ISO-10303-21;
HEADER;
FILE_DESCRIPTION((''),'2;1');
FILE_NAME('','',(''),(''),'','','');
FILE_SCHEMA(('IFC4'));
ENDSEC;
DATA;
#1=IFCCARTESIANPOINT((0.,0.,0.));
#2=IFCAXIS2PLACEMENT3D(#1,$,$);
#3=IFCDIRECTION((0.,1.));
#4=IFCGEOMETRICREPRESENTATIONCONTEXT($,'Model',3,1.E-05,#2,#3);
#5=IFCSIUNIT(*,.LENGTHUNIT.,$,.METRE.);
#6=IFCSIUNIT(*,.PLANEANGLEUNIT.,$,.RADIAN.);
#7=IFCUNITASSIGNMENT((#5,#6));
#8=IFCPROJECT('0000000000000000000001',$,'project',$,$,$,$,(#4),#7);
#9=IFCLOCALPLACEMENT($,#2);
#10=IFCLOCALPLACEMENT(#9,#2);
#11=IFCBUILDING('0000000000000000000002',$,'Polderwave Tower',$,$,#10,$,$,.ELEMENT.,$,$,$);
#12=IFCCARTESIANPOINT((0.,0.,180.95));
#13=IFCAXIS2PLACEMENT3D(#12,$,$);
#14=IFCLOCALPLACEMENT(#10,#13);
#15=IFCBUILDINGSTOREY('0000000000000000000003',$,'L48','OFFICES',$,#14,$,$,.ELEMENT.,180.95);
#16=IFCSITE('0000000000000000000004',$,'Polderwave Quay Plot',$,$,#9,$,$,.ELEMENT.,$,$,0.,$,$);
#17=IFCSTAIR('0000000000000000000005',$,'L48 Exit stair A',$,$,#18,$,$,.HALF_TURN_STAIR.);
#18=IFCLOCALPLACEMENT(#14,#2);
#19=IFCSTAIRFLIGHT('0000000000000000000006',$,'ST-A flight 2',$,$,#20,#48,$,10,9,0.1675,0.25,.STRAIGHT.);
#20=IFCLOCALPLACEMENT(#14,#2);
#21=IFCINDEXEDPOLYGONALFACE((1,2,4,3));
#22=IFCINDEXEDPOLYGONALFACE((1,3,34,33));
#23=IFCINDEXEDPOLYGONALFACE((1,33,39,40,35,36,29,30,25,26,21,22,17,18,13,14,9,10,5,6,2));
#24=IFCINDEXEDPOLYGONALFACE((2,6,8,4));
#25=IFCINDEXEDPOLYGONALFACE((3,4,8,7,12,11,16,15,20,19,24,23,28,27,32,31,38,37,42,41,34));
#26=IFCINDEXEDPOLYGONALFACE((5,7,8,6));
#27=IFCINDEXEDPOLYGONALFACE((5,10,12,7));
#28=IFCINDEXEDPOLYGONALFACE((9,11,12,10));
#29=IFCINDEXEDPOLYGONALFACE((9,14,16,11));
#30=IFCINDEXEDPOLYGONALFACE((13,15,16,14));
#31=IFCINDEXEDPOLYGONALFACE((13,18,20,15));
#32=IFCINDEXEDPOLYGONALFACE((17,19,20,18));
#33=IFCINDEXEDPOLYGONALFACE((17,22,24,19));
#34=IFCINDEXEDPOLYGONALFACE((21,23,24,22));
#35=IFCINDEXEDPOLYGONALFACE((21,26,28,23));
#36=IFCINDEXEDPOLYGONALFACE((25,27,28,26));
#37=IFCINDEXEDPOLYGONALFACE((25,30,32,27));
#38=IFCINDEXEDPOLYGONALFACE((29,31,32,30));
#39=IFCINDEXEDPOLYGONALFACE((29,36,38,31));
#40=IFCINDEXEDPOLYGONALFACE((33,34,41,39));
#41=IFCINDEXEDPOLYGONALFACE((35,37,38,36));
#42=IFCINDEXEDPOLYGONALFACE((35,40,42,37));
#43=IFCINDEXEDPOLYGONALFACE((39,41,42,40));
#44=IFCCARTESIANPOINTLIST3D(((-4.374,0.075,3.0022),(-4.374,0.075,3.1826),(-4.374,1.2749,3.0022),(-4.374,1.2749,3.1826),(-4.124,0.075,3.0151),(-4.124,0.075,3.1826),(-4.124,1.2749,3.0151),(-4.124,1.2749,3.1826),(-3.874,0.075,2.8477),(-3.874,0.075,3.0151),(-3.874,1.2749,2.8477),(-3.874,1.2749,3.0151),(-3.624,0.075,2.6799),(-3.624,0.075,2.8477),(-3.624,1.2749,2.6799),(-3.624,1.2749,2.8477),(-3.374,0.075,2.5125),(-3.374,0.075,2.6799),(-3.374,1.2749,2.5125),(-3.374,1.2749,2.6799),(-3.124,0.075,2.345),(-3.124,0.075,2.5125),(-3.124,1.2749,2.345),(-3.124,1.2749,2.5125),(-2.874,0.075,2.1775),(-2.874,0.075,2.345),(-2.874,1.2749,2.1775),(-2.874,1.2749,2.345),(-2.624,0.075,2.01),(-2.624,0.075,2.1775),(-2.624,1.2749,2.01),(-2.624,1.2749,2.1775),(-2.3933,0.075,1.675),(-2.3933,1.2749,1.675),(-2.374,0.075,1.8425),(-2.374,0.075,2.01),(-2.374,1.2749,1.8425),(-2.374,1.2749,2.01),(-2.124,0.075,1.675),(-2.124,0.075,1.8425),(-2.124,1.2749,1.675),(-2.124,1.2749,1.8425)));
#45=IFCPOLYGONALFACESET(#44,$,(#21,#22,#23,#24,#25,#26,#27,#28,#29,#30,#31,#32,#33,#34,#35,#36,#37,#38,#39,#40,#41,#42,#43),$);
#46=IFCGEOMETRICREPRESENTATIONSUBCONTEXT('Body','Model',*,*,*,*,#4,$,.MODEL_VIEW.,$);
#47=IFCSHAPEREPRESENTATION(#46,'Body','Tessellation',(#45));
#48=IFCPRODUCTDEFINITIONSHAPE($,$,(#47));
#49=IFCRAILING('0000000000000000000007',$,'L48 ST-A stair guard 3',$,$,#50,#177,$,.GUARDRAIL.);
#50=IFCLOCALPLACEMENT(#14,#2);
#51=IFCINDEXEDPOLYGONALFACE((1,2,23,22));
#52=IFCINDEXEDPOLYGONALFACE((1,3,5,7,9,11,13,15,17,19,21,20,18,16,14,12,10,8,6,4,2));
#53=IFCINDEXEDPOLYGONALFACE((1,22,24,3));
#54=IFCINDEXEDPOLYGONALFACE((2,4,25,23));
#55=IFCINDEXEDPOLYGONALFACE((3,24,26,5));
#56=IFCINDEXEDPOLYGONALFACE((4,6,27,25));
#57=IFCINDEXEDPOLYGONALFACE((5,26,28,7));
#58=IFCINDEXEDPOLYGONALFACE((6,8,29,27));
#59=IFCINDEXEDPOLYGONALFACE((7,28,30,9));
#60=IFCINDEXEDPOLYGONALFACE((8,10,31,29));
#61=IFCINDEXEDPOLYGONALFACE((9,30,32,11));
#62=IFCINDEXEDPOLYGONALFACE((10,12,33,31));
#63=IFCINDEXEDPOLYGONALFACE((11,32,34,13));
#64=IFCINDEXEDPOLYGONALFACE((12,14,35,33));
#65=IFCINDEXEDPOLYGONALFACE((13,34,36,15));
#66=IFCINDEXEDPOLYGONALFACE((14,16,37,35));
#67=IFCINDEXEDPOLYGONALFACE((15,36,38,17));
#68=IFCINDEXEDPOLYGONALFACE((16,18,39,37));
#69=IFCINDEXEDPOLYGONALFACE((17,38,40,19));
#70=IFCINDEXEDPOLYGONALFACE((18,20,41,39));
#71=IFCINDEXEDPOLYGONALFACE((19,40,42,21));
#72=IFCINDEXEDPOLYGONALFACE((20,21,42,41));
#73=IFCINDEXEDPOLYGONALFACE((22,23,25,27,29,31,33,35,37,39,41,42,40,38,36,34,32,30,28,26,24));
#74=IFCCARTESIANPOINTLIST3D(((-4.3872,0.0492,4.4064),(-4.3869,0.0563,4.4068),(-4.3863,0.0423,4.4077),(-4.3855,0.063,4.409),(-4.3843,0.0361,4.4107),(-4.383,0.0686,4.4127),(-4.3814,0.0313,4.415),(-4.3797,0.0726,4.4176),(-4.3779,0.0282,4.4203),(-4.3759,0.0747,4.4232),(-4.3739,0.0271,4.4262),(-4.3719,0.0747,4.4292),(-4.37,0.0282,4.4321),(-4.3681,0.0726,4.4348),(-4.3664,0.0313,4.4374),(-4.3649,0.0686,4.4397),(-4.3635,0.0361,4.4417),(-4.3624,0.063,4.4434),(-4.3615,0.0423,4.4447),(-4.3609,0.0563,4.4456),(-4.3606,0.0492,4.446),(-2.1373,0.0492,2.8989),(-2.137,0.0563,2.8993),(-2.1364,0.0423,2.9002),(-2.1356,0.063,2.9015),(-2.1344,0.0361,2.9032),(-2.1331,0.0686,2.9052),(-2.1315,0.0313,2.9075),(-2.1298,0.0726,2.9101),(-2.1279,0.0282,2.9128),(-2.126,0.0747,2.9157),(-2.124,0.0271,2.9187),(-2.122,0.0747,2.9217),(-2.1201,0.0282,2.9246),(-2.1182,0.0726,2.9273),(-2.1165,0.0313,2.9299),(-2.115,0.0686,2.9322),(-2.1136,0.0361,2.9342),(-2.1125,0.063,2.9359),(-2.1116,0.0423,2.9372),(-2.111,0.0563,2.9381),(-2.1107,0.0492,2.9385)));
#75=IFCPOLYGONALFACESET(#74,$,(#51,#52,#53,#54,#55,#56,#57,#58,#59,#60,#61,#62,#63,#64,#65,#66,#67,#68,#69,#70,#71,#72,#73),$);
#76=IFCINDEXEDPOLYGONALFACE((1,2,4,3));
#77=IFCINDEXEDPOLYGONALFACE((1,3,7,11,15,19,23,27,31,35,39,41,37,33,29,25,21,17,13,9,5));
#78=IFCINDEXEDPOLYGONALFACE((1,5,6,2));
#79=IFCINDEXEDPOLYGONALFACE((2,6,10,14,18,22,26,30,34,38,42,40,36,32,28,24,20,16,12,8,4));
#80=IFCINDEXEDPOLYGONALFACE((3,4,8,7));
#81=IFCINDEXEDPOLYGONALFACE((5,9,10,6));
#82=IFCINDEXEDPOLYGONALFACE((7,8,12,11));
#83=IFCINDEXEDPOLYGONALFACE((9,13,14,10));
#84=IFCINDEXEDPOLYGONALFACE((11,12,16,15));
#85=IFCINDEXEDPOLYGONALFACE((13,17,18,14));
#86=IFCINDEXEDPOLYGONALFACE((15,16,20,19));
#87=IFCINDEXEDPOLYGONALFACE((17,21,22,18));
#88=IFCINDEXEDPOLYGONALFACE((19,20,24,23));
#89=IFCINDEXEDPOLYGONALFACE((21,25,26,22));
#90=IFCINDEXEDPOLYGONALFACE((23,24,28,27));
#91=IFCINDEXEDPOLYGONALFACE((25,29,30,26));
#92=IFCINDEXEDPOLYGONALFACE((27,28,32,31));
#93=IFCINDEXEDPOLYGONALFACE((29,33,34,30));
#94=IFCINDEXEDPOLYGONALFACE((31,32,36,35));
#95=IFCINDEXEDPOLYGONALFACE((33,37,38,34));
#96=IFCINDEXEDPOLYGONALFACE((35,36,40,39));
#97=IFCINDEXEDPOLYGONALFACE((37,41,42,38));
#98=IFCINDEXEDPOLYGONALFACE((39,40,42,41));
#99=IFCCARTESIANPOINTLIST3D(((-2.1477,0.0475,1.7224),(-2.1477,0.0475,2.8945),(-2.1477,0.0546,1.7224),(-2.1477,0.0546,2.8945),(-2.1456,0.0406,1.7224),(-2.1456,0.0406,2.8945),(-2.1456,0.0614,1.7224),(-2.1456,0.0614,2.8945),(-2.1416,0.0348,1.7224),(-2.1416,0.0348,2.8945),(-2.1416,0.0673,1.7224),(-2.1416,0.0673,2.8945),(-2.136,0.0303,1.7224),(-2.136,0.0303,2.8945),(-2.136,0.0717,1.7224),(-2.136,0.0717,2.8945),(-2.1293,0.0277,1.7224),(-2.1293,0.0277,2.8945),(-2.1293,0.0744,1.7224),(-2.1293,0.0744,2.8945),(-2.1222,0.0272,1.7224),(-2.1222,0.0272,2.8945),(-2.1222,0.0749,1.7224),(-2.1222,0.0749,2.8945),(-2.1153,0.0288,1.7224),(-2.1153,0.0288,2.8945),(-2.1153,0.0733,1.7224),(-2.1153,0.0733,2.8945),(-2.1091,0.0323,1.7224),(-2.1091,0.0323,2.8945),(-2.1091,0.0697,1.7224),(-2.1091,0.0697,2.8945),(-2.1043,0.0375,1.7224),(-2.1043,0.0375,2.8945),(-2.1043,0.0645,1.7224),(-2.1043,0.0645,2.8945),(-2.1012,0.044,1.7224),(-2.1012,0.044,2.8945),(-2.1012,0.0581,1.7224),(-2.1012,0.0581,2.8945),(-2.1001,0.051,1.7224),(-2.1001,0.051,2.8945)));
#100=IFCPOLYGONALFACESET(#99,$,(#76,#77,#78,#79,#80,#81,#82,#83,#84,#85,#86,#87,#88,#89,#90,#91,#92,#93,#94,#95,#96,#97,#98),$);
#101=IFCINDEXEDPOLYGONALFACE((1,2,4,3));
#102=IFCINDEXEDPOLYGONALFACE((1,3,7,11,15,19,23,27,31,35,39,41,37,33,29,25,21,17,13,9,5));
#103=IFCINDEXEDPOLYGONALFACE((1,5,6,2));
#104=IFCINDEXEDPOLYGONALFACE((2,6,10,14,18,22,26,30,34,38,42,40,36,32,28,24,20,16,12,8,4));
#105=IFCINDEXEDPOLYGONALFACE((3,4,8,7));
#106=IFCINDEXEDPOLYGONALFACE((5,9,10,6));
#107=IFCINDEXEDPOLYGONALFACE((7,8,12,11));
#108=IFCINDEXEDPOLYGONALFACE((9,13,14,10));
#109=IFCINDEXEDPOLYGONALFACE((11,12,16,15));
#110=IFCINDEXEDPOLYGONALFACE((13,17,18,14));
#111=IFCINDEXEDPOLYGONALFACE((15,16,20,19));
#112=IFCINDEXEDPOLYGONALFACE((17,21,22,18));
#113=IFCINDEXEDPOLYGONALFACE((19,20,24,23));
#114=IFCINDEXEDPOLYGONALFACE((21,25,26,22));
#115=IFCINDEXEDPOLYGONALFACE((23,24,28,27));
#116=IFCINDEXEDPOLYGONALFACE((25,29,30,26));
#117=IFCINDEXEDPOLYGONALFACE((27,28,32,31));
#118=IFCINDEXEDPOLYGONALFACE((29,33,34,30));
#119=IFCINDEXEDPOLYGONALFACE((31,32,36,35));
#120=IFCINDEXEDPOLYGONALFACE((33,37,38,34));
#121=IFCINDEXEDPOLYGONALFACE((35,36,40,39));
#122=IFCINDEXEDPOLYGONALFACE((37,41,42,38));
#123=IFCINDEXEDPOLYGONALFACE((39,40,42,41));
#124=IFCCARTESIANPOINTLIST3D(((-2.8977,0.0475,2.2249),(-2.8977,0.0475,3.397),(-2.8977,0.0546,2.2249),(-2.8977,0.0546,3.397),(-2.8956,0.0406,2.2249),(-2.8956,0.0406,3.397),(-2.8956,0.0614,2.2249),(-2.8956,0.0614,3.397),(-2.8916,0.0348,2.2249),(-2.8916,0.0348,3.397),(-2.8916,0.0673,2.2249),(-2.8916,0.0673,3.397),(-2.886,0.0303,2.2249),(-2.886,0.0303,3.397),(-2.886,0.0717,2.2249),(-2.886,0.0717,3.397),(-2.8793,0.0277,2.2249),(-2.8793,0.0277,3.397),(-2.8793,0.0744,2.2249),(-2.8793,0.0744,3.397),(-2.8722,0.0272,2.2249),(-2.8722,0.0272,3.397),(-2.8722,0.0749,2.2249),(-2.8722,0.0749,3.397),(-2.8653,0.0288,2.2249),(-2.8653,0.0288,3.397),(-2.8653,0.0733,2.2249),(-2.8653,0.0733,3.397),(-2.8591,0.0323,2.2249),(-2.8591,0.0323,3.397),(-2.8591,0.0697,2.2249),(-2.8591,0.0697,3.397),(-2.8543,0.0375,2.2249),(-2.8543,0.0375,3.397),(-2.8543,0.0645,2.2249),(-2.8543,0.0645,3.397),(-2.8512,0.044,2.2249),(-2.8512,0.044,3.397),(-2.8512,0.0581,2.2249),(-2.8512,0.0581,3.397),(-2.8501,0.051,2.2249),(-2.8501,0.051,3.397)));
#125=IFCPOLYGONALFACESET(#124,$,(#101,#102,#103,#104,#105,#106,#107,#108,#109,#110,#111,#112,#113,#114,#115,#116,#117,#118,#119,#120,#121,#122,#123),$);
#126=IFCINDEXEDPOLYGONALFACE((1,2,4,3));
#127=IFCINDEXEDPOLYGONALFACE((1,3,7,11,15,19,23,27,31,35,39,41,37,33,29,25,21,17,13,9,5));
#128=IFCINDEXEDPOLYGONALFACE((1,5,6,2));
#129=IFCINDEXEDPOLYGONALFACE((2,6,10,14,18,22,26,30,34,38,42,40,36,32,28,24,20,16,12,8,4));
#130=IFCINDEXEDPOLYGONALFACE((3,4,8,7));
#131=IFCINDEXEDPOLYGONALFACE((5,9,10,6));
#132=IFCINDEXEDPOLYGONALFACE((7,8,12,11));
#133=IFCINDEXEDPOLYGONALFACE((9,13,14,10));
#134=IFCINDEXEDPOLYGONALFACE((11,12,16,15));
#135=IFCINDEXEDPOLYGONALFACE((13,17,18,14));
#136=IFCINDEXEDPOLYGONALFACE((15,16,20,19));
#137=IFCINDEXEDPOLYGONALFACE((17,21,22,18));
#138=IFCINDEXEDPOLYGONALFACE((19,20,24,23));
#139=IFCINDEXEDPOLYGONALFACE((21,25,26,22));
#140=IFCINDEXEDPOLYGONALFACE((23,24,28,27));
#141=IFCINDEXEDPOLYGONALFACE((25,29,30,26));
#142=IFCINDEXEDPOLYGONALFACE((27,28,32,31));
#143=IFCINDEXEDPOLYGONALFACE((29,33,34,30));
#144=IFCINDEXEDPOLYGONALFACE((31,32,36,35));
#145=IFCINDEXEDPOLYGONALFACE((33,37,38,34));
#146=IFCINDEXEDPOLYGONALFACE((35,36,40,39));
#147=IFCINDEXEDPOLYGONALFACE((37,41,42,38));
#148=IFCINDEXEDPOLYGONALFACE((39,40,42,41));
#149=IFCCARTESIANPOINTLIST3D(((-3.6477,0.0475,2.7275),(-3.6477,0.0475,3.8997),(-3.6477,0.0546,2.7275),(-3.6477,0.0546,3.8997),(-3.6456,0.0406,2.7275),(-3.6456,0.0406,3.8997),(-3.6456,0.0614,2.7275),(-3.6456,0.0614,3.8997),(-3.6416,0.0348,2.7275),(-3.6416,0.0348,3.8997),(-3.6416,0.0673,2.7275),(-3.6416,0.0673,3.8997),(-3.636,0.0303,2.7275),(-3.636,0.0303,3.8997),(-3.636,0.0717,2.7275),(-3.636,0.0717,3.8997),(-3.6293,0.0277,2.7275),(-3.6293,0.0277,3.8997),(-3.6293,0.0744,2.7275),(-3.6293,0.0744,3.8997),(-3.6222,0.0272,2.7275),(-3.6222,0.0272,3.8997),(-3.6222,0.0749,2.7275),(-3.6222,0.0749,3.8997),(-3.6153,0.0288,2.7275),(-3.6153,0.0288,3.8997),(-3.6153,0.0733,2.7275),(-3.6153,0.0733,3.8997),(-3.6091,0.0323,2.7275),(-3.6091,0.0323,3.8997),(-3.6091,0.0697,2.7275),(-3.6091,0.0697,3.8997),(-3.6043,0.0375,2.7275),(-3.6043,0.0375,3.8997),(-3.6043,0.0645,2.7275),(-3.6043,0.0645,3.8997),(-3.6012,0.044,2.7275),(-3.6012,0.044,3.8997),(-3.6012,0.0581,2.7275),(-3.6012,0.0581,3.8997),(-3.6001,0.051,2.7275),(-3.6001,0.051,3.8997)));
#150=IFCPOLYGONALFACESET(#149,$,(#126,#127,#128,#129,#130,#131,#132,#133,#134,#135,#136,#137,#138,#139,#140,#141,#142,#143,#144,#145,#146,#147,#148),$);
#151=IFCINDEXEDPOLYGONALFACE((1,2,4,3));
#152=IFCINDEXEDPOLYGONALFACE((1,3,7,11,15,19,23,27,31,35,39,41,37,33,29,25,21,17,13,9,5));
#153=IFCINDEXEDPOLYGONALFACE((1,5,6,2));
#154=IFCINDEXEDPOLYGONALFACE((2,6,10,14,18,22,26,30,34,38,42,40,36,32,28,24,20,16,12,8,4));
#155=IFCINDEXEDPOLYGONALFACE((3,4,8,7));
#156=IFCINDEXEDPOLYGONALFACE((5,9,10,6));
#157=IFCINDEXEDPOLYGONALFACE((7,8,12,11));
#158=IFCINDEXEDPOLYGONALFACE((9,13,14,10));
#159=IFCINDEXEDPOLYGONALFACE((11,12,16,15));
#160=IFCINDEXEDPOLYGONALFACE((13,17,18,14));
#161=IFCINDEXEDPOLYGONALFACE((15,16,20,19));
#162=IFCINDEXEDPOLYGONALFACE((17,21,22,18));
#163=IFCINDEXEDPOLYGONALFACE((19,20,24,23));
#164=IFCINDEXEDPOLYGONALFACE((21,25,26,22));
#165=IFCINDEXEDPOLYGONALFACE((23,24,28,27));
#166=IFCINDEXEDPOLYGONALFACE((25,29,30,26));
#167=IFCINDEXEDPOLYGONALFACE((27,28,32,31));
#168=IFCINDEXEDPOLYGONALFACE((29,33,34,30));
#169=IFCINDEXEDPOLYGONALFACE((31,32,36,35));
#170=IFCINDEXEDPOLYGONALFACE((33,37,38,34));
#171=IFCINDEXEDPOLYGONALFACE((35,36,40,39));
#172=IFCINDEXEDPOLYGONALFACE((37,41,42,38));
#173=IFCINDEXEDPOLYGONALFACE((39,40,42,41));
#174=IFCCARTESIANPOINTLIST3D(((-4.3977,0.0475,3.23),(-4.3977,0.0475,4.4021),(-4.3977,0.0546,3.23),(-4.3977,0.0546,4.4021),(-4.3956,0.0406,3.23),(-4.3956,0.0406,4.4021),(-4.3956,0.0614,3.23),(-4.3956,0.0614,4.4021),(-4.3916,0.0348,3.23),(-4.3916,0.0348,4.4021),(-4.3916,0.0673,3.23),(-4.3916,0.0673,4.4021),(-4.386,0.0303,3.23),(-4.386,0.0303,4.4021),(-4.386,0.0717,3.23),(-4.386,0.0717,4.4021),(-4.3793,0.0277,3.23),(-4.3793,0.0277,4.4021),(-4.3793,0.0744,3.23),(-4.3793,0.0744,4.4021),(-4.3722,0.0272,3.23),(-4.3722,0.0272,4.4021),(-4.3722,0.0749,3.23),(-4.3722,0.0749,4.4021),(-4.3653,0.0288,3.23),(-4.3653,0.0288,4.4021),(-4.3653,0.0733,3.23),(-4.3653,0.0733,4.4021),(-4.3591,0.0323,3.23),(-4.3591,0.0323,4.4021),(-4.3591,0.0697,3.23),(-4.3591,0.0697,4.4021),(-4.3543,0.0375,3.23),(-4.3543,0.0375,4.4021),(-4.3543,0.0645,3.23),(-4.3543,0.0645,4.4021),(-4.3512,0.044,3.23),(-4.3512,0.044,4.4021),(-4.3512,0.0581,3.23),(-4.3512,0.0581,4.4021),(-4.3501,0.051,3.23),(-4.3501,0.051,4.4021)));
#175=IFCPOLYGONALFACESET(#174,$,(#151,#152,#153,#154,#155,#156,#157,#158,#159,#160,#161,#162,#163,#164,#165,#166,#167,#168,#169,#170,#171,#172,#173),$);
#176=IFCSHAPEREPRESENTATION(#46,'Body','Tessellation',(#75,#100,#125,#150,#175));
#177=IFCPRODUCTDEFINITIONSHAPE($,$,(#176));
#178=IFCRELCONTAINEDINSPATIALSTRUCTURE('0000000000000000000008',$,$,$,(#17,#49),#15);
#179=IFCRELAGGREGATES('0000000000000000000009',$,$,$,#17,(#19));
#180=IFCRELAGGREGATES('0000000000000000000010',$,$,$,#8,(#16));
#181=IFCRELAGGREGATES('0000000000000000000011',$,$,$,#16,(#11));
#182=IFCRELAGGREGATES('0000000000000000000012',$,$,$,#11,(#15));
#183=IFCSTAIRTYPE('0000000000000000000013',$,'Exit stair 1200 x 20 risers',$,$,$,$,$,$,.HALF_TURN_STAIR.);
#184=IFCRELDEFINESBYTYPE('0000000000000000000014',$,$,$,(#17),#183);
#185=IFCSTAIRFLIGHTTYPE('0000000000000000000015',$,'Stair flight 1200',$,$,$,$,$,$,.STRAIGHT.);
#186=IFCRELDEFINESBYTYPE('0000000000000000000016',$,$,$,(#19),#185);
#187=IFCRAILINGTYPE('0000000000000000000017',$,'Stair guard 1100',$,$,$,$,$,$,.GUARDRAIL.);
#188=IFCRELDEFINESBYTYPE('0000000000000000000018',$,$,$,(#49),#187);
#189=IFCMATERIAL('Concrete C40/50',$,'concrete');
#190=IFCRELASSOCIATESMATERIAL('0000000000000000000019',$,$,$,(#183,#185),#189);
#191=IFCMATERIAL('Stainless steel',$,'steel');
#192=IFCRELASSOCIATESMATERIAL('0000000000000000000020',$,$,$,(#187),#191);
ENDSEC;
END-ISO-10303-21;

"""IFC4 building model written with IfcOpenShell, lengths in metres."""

from ifc_helpers import new_model, si_unit, direction, frame, origin, origin_2d, place, context, subcontext, project, spatial, polyline, circle, outline, extrude, material, type_object, element, aggregate, save


model = new_model("IFC4")

# Units and contexts
model_context = context("Model", 3, precision=1e-05, world=origin(), true_north=direction((0.0, 1.0)))
body_context = subcontext(model_context, "Body", "Model", "MODEL_VIEW")
ifc_project = project(units=[si_unit("LENGTHUNIT", "METRE"), si_unit("PLANEANGLEUNIT", "RADIAN")], contexts=[model_context])

# Site, building, storey
site_placement = place(None, origin())
site = spatial("IfcSite", under=ifc_project, at=site_placement, Name="Polderwave Quay Plot", CompositionType="ELEMENT", RefElevation=0.0)
building_placement = place(site_placement, origin())
building = spatial("IfcBuilding", under=site, at=building_placement, Name="Polderwave Tower", CompositionType="ELEMENT")
storey_placement = place(building_placement, frame((0.0, 0.0, 180.95)))
storey = spatial("IfcBuildingStorey", under=building, at=storey_placement, Name="L48", Description="OFFICES", CompositionType="ELEMENT", Elevation=180.95)

# Shared definitions
ifc_material_1 = material(Name="Concrete C40/50", Category="concrete")

# Stair
stair_type = type_object("IfcStairType", Name="Exit stair 1200 x 20 risers", PredefinedType="HALF_TURN_STAIR", material=ifc_material_1)
stair_1_placement = place(storey_placement, origin())
stair_1 = element("IfcStair", 1, at=stair_1_placement, inside=storey, type_object=stair_type, Name="L48 Exit stair A", PredefinedType="HALF_TURN_STAIR")

# Shared definitions
ifc_material_2 = material(Name="Stainless steel", Category="steel")

# Stair flight
stair_flight_type = type_object("IfcStairFlightType", Name="Stair flight 1200", PredefinedType="STRAIGHT", material=ifc_material_1)
stair_flight_placement = place(storey_placement, frame((-2.124, 0.675, 1.675), z_axis=(0.0, 0.0, 1.0), x_axis=(-1.0, 0.0, 0.0)))
stair_flight = element("IfcStairFlight", 2, at=stair_flight_placement, type_object=stair_flight_type, Name="ST-A flight 2", NumberOfRisers=10, NumberOfTreads=9, PredefinedType="STRAIGHT", RiserHeight=0.1675, TreadLength=0.25, context=body_context, shape_type="SweptSolid", body=[
    extrude(outline(polyline([(0.0, 0.0), (0.0, 0.1675), (0.25, 0.1675), (0.25, 0.335), (0.5, 0.335), (0.5, 0.5024), (0.75, 0.5024), (0.75, 0.6699), (1.0, 0.6699), (1.0, 0.8374), (1.25, 0.8374), (1.25, 1.0049), (1.5, 1.0049), (1.5, 1.1726), (1.75, 1.1726), (1.75, 1.3401), (2.0, 1.3401), (2.0, 1.5076), (2.25, 1.5076), (2.25, 1.675), (2.25, 1.3271), (0.2693, 0.0), (0.0, 0.0)])), frame((0.0, 0.6001, 0.0), z_axis=(0.0, -1.0, 0.0), x_axis=(1.0, 0.0, 0.0)), (0.0, 0.0, 1.0), 1.2),
])
aggregate(stair_1, [stair_flight])

# Railing
railing_type_1 = type_object("IfcRailingType", Name="Stair guard 1100", PredefinedType="GUARDRAIL", material=ifc_material_2)
railing_1_placement = place(storey_placement, frame((-2.124, 0.051, 1.7224)))
element("IfcRailing", 3, at=railing_1_placement, inside=storey, type_object=railing_type_1, Name="L48 ST-A stair guard 3", PredefinedType="GUARDRAIL", context=body_context, shape_type="SweptSolid", body=[
    extrude(circle(Radius=0.0239, at=origin_2d()), frame((0.0, 0.0, 1.1963), z_axis=(-0.830758, 0.0, 0.556633), x_axis=(0.0, -1.0, 0.0)), (0.0, 0.0, 1.0), 2.7083),
    extrude(circle(Radius=0.0239, at=origin_2d()), origin(), (0.0, 0.0, 1.0), 1.1721),
    extrude(circle(Radius=0.0239, at=origin_2d()), frame((-0.75, 0.0, 0.5024)), (0.0, 0.0, 1.0), 1.1721),
    extrude(circle(Radius=0.0239, at=origin_2d()), frame((-1.5, 0.0, 1.0051)), (0.0, 0.0, 1.0), 1.1721),
    extrude(circle(Radius=0.0239, at=origin_2d()), frame((-2.25, 0.0, 1.5076)), (0.0, 0.0, 1.0), 1.1721),
])

save(model, "model.ifc")
